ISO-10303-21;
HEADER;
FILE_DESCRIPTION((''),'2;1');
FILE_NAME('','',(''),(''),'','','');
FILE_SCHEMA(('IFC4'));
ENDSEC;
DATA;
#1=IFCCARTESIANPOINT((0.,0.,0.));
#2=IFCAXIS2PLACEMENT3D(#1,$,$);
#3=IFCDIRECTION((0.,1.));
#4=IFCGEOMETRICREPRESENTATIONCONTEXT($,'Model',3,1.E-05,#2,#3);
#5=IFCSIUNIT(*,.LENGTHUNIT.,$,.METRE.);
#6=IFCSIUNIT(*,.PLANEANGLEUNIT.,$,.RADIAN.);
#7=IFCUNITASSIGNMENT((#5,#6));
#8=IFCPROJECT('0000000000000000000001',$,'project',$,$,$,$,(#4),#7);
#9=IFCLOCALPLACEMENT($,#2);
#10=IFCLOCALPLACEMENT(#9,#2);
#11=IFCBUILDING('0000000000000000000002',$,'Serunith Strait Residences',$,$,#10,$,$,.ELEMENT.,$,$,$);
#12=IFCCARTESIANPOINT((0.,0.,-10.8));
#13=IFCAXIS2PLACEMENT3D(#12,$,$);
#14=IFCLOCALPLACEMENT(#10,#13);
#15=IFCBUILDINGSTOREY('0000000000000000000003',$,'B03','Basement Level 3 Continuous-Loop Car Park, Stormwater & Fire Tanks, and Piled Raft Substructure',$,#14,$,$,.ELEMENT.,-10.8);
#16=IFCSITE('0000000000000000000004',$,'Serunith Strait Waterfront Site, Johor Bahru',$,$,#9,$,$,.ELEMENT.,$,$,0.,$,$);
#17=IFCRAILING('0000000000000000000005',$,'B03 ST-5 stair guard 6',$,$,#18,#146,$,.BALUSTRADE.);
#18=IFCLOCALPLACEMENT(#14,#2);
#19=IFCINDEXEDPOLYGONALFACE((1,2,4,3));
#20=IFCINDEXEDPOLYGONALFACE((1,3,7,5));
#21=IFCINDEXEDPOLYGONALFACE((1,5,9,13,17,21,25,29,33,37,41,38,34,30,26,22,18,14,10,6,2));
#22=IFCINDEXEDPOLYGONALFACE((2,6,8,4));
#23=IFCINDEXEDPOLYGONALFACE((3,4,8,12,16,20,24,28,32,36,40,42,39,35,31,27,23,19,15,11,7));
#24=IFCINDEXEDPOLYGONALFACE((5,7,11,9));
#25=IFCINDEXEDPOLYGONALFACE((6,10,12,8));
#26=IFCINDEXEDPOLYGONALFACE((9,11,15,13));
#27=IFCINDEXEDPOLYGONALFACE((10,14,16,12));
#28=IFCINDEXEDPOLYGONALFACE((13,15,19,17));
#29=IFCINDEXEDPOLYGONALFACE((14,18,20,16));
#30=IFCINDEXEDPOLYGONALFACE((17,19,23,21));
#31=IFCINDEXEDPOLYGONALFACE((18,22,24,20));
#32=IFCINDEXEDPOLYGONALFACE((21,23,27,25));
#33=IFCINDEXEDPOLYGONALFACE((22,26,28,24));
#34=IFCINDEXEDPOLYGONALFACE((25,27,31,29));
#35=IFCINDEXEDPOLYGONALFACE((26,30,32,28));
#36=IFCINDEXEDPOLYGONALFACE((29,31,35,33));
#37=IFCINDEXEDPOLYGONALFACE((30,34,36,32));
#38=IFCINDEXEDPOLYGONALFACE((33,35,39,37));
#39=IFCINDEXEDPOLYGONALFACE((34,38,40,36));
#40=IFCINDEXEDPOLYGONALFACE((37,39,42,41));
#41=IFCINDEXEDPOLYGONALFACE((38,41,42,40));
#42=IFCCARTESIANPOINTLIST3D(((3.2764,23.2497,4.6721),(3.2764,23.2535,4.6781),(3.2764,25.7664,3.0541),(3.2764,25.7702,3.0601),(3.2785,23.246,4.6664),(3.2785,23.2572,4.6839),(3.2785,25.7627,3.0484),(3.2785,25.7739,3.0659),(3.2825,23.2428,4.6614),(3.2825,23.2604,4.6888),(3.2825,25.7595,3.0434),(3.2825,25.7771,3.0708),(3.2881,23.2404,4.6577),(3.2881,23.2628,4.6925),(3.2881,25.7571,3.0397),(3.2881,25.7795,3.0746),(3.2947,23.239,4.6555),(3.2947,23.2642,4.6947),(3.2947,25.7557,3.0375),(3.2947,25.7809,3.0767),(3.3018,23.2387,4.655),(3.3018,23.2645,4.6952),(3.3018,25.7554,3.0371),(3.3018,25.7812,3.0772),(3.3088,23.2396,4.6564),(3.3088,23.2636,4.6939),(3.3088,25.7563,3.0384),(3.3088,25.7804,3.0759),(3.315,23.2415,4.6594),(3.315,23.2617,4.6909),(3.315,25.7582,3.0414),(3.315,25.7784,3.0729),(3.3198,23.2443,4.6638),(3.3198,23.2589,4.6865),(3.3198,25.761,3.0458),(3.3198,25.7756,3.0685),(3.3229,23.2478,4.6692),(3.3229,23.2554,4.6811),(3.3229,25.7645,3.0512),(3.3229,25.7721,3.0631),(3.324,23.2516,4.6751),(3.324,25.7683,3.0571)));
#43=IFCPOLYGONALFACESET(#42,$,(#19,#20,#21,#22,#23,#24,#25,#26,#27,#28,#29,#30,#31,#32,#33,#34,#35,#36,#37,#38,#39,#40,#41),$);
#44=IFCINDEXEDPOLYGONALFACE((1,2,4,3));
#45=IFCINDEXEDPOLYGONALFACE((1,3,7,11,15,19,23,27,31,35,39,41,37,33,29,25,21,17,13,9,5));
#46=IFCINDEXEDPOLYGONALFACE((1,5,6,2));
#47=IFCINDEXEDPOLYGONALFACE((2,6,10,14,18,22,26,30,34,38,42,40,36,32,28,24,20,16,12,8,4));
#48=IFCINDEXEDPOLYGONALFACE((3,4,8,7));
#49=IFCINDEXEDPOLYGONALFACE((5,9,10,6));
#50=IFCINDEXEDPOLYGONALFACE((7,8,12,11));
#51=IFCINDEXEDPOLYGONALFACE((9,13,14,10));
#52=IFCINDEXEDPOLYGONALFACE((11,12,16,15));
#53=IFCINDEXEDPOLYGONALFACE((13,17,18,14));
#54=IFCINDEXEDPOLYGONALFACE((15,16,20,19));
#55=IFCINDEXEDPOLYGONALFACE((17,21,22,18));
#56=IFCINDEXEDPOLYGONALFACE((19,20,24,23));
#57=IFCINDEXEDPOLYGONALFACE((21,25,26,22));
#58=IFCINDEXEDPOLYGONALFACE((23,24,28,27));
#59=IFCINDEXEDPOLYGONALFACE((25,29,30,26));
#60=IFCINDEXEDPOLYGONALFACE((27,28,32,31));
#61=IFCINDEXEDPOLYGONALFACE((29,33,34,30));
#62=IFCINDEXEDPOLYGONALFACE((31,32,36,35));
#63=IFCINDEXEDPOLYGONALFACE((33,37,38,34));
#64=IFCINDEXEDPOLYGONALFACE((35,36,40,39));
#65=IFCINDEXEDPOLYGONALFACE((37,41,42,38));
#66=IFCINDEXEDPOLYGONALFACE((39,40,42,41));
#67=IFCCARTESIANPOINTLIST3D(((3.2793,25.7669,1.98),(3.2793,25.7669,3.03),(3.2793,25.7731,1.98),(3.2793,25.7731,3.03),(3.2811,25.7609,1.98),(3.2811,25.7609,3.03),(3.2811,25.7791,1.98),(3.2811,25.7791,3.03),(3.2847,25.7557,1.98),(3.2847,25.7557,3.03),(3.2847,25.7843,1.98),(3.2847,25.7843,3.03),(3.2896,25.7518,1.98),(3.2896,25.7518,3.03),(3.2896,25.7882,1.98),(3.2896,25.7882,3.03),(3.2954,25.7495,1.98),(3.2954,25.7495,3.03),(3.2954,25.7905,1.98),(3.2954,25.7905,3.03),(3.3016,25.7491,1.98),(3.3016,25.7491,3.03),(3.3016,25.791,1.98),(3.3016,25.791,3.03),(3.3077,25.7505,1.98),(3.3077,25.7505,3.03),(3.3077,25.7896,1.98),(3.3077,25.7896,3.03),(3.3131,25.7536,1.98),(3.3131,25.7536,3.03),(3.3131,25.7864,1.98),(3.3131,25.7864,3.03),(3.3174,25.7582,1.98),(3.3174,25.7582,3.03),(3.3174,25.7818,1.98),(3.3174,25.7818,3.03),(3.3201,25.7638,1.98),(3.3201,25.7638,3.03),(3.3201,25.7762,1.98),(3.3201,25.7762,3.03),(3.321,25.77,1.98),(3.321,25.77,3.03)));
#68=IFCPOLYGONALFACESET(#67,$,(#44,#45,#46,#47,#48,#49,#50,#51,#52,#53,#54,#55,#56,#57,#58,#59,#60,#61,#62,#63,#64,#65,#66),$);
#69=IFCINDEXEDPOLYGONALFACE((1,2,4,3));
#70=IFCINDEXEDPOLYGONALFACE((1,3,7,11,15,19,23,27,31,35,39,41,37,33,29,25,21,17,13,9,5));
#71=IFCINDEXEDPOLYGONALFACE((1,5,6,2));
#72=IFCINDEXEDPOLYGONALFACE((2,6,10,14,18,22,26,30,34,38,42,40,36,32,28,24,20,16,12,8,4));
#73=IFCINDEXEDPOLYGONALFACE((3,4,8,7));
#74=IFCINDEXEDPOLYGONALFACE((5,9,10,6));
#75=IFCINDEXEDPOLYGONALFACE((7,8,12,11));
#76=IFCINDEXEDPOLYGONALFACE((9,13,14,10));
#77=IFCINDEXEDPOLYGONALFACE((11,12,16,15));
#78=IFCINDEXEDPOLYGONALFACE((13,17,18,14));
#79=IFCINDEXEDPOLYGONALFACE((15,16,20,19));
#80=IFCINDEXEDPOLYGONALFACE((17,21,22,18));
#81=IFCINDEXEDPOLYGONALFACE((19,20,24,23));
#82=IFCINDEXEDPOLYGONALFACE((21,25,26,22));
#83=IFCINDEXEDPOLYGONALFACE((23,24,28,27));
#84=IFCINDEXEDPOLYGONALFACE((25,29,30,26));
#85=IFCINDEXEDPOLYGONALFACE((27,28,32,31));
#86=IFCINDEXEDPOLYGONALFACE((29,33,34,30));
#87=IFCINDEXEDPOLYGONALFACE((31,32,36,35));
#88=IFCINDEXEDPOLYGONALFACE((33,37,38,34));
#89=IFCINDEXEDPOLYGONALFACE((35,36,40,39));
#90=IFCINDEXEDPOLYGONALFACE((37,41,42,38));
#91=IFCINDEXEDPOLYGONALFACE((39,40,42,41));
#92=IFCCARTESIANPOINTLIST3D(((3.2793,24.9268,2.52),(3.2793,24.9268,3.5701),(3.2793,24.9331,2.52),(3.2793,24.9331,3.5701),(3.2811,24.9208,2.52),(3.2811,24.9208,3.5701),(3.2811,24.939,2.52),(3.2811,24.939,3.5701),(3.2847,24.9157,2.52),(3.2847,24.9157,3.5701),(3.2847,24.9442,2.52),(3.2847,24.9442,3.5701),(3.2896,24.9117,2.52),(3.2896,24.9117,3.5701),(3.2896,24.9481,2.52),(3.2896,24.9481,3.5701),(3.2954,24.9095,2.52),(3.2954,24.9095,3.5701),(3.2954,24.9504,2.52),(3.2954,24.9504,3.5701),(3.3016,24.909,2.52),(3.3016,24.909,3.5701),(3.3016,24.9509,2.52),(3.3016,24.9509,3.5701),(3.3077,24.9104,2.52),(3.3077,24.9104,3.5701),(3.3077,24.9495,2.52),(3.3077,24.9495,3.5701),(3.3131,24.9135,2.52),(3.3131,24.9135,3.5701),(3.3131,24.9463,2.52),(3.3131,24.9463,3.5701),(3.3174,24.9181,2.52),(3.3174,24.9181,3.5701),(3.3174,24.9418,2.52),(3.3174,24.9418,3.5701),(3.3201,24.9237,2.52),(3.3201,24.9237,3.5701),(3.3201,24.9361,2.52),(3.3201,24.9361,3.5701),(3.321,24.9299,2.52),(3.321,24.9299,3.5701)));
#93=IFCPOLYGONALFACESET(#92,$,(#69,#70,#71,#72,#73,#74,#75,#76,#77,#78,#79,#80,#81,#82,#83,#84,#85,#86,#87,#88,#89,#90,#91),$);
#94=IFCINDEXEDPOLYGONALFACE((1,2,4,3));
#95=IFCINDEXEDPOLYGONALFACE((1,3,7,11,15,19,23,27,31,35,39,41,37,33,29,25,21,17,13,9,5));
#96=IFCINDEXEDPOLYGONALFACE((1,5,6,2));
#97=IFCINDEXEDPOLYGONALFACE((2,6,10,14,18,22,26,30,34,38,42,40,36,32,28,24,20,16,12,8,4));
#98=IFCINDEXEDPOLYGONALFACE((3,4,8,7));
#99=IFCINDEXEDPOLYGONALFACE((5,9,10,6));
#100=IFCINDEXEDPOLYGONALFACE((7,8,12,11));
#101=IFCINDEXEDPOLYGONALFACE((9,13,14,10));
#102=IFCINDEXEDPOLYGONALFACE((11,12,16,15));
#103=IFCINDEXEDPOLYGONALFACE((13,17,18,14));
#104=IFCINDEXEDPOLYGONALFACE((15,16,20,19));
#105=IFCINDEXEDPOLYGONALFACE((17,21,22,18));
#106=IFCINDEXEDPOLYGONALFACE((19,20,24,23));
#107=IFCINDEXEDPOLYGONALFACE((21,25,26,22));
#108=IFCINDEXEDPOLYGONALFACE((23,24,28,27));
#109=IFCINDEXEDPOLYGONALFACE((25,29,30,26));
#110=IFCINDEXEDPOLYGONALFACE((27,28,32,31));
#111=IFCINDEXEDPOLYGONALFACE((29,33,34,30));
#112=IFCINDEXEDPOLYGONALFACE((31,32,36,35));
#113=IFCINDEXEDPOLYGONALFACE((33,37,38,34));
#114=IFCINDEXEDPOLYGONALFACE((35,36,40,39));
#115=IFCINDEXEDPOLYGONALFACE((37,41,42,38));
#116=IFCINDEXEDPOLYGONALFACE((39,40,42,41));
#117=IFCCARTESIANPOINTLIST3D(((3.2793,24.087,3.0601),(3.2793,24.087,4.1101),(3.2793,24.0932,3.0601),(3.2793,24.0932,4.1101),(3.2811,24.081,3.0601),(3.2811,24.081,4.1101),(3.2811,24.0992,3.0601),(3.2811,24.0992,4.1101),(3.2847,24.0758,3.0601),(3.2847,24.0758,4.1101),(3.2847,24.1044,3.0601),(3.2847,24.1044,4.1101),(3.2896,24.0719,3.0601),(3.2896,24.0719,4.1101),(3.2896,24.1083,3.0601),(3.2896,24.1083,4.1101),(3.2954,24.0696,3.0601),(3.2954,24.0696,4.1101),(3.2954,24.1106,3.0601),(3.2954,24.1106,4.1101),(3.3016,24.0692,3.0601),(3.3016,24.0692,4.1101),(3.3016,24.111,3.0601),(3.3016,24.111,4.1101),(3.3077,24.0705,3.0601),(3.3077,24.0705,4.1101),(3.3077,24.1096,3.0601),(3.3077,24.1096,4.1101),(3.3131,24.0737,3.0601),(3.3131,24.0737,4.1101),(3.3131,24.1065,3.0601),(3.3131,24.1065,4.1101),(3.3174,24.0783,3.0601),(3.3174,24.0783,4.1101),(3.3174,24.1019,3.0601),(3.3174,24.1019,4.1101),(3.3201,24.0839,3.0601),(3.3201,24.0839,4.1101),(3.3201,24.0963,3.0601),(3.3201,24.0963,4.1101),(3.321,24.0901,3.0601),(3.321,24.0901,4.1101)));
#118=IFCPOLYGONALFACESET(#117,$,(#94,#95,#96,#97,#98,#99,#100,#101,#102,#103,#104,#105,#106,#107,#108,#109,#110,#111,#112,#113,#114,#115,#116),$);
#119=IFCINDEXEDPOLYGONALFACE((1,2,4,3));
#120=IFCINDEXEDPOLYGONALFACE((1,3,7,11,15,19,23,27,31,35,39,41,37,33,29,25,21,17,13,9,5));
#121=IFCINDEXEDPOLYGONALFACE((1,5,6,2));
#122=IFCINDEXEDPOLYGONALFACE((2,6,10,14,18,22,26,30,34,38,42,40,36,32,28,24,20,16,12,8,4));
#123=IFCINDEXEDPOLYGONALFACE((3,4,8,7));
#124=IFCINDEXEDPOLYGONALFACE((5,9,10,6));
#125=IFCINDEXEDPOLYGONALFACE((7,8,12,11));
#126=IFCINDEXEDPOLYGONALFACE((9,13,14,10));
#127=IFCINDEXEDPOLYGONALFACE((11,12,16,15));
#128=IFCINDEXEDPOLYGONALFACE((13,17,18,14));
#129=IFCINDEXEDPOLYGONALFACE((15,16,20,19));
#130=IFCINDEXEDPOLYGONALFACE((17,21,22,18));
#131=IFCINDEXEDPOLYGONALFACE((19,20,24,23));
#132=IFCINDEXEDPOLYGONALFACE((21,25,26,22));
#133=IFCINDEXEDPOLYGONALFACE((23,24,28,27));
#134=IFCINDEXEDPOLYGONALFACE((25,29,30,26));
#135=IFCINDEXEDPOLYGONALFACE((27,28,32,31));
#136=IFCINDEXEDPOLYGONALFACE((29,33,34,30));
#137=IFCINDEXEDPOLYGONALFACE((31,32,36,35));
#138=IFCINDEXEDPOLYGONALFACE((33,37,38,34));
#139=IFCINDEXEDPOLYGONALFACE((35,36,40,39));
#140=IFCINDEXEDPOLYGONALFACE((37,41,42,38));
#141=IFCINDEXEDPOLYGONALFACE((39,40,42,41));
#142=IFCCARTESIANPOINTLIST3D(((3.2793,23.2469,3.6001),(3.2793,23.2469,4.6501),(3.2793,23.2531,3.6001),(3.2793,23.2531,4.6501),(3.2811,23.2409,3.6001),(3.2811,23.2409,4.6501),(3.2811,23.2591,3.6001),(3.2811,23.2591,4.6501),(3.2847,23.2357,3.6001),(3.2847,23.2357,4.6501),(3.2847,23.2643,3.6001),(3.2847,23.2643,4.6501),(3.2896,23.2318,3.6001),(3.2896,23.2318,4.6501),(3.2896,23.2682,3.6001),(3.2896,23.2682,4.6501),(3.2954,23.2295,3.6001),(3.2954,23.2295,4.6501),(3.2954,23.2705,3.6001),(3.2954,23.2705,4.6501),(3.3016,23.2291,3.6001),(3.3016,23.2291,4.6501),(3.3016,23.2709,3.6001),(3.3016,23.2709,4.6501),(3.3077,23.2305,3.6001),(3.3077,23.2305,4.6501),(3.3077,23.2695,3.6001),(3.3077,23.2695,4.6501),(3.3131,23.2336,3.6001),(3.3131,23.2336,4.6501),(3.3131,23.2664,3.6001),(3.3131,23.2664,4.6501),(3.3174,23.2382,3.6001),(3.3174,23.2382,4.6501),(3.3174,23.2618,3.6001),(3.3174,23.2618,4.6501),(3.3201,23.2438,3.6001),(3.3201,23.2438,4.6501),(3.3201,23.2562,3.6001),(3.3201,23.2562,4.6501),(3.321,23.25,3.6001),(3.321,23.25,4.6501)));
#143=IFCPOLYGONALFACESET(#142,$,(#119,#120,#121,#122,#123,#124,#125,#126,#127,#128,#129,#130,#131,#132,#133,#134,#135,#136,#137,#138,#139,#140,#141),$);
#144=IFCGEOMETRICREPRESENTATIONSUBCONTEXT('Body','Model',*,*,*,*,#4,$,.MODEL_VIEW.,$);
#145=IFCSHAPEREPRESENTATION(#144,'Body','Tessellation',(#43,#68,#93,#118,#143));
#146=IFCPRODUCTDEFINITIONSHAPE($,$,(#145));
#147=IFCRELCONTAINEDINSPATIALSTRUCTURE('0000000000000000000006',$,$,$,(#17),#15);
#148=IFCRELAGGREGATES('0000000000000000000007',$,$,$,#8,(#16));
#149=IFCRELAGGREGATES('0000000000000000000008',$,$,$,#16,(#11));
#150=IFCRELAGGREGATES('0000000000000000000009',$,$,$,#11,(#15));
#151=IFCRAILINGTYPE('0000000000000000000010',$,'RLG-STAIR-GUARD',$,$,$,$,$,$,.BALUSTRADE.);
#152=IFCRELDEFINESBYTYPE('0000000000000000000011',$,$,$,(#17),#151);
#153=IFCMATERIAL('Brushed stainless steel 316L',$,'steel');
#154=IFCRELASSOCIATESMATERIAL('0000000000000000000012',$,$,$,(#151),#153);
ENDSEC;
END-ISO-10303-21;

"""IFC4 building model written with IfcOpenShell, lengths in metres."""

from ifc_helpers import new_model, si_unit, direction, frame, origin, origin_2d, place, context, subcontext, project, spatial, circle, extrude, material, type_object, element, save


model = new_model("IFC4")

# Units and contexts
model_context = context("Model", 3, precision=1e-05, world=origin(), true_north=direction((0.0, 1.0)))
body_context = subcontext(model_context, "Body", "Model", "MODEL_VIEW")
ifc_project = project(units=[si_unit("LENGTHUNIT", "METRE"), si_unit("PLANEANGLEUNIT", "RADIAN")], contexts=[model_context])

# Site, building, storey
site_placement = place(None, origin())
site = spatial("IfcSite", under=ifc_project, at=site_placement, Name="Serunith Strait Waterfront Site, Johor Bahru", CompositionType="ELEMENT", RefElevation=0.0)
building_placement = place(site_placement, origin())
building = spatial("IfcBuilding", under=site, at=building_placement, Name="Serunith Strait Residences", CompositionType="ELEMENT")
storey_placement = place(building_placement, frame((0.0, 0.0, -10.8)))
storey = spatial("IfcBuildingStorey", under=building, at=storey_placement, Name="B03", Description="Basement Level 3 Continuous-Loop Car Park, Stormwater & Fire Tanks, and Piled Raft Substructure", CompositionType="ELEMENT", Elevation=-10.8)

# Railing
ifc_material_1 = material(Name="Brushed stainless steel 316L", Category="steel")
railing_type_1 = type_object("IfcRailingType", Name="RLG-STAIR-GUARD", PredefinedType="BALUSTRADE", material=ifc_material_1)
railing_1_placement = place(storey_placement, frame((3.3, 25.77, 1.98)))
element("IfcRailing", 1, at=railing_1_placement, inside=storey, type_object=railing_type_1, Name="B03 ST-5 stair guard 6", PredefinedType="BALUSTRADE", context=body_context, shape_type="SweptSolid", body=[
    extrude(circle(Radius=0.0239, at=origin_2d()), frame((0.0, -0.0017, 1.0771), z_axis=(0.0, -0.841163, 0.540782), x_axis=(1.0, 0.0, 0.0)), (0.0, 0.0, 1.0), 2.9919),
    extrude(circle(Radius=0.021, at=origin_2d()), origin(), (0.0, 0.0, 1.0), 1.05),
    extrude(circle(Radius=0.021, at=origin_2d()), frame((0.0, -0.8401, 0.54)), (0.0, 0.0, 1.0), 1.05),
    extrude(circle(Radius=0.021, at=origin_2d()), frame((0.0, -1.6799, 1.0801)), (0.0, 0.0, 1.0), 1.05),
    extrude(circle(Radius=0.021, at=origin_2d()), frame((0.0, -2.52, 1.6201)), (0.0, 0.0, 1.0), 1.05),
])

save(model, "model.ifc")
